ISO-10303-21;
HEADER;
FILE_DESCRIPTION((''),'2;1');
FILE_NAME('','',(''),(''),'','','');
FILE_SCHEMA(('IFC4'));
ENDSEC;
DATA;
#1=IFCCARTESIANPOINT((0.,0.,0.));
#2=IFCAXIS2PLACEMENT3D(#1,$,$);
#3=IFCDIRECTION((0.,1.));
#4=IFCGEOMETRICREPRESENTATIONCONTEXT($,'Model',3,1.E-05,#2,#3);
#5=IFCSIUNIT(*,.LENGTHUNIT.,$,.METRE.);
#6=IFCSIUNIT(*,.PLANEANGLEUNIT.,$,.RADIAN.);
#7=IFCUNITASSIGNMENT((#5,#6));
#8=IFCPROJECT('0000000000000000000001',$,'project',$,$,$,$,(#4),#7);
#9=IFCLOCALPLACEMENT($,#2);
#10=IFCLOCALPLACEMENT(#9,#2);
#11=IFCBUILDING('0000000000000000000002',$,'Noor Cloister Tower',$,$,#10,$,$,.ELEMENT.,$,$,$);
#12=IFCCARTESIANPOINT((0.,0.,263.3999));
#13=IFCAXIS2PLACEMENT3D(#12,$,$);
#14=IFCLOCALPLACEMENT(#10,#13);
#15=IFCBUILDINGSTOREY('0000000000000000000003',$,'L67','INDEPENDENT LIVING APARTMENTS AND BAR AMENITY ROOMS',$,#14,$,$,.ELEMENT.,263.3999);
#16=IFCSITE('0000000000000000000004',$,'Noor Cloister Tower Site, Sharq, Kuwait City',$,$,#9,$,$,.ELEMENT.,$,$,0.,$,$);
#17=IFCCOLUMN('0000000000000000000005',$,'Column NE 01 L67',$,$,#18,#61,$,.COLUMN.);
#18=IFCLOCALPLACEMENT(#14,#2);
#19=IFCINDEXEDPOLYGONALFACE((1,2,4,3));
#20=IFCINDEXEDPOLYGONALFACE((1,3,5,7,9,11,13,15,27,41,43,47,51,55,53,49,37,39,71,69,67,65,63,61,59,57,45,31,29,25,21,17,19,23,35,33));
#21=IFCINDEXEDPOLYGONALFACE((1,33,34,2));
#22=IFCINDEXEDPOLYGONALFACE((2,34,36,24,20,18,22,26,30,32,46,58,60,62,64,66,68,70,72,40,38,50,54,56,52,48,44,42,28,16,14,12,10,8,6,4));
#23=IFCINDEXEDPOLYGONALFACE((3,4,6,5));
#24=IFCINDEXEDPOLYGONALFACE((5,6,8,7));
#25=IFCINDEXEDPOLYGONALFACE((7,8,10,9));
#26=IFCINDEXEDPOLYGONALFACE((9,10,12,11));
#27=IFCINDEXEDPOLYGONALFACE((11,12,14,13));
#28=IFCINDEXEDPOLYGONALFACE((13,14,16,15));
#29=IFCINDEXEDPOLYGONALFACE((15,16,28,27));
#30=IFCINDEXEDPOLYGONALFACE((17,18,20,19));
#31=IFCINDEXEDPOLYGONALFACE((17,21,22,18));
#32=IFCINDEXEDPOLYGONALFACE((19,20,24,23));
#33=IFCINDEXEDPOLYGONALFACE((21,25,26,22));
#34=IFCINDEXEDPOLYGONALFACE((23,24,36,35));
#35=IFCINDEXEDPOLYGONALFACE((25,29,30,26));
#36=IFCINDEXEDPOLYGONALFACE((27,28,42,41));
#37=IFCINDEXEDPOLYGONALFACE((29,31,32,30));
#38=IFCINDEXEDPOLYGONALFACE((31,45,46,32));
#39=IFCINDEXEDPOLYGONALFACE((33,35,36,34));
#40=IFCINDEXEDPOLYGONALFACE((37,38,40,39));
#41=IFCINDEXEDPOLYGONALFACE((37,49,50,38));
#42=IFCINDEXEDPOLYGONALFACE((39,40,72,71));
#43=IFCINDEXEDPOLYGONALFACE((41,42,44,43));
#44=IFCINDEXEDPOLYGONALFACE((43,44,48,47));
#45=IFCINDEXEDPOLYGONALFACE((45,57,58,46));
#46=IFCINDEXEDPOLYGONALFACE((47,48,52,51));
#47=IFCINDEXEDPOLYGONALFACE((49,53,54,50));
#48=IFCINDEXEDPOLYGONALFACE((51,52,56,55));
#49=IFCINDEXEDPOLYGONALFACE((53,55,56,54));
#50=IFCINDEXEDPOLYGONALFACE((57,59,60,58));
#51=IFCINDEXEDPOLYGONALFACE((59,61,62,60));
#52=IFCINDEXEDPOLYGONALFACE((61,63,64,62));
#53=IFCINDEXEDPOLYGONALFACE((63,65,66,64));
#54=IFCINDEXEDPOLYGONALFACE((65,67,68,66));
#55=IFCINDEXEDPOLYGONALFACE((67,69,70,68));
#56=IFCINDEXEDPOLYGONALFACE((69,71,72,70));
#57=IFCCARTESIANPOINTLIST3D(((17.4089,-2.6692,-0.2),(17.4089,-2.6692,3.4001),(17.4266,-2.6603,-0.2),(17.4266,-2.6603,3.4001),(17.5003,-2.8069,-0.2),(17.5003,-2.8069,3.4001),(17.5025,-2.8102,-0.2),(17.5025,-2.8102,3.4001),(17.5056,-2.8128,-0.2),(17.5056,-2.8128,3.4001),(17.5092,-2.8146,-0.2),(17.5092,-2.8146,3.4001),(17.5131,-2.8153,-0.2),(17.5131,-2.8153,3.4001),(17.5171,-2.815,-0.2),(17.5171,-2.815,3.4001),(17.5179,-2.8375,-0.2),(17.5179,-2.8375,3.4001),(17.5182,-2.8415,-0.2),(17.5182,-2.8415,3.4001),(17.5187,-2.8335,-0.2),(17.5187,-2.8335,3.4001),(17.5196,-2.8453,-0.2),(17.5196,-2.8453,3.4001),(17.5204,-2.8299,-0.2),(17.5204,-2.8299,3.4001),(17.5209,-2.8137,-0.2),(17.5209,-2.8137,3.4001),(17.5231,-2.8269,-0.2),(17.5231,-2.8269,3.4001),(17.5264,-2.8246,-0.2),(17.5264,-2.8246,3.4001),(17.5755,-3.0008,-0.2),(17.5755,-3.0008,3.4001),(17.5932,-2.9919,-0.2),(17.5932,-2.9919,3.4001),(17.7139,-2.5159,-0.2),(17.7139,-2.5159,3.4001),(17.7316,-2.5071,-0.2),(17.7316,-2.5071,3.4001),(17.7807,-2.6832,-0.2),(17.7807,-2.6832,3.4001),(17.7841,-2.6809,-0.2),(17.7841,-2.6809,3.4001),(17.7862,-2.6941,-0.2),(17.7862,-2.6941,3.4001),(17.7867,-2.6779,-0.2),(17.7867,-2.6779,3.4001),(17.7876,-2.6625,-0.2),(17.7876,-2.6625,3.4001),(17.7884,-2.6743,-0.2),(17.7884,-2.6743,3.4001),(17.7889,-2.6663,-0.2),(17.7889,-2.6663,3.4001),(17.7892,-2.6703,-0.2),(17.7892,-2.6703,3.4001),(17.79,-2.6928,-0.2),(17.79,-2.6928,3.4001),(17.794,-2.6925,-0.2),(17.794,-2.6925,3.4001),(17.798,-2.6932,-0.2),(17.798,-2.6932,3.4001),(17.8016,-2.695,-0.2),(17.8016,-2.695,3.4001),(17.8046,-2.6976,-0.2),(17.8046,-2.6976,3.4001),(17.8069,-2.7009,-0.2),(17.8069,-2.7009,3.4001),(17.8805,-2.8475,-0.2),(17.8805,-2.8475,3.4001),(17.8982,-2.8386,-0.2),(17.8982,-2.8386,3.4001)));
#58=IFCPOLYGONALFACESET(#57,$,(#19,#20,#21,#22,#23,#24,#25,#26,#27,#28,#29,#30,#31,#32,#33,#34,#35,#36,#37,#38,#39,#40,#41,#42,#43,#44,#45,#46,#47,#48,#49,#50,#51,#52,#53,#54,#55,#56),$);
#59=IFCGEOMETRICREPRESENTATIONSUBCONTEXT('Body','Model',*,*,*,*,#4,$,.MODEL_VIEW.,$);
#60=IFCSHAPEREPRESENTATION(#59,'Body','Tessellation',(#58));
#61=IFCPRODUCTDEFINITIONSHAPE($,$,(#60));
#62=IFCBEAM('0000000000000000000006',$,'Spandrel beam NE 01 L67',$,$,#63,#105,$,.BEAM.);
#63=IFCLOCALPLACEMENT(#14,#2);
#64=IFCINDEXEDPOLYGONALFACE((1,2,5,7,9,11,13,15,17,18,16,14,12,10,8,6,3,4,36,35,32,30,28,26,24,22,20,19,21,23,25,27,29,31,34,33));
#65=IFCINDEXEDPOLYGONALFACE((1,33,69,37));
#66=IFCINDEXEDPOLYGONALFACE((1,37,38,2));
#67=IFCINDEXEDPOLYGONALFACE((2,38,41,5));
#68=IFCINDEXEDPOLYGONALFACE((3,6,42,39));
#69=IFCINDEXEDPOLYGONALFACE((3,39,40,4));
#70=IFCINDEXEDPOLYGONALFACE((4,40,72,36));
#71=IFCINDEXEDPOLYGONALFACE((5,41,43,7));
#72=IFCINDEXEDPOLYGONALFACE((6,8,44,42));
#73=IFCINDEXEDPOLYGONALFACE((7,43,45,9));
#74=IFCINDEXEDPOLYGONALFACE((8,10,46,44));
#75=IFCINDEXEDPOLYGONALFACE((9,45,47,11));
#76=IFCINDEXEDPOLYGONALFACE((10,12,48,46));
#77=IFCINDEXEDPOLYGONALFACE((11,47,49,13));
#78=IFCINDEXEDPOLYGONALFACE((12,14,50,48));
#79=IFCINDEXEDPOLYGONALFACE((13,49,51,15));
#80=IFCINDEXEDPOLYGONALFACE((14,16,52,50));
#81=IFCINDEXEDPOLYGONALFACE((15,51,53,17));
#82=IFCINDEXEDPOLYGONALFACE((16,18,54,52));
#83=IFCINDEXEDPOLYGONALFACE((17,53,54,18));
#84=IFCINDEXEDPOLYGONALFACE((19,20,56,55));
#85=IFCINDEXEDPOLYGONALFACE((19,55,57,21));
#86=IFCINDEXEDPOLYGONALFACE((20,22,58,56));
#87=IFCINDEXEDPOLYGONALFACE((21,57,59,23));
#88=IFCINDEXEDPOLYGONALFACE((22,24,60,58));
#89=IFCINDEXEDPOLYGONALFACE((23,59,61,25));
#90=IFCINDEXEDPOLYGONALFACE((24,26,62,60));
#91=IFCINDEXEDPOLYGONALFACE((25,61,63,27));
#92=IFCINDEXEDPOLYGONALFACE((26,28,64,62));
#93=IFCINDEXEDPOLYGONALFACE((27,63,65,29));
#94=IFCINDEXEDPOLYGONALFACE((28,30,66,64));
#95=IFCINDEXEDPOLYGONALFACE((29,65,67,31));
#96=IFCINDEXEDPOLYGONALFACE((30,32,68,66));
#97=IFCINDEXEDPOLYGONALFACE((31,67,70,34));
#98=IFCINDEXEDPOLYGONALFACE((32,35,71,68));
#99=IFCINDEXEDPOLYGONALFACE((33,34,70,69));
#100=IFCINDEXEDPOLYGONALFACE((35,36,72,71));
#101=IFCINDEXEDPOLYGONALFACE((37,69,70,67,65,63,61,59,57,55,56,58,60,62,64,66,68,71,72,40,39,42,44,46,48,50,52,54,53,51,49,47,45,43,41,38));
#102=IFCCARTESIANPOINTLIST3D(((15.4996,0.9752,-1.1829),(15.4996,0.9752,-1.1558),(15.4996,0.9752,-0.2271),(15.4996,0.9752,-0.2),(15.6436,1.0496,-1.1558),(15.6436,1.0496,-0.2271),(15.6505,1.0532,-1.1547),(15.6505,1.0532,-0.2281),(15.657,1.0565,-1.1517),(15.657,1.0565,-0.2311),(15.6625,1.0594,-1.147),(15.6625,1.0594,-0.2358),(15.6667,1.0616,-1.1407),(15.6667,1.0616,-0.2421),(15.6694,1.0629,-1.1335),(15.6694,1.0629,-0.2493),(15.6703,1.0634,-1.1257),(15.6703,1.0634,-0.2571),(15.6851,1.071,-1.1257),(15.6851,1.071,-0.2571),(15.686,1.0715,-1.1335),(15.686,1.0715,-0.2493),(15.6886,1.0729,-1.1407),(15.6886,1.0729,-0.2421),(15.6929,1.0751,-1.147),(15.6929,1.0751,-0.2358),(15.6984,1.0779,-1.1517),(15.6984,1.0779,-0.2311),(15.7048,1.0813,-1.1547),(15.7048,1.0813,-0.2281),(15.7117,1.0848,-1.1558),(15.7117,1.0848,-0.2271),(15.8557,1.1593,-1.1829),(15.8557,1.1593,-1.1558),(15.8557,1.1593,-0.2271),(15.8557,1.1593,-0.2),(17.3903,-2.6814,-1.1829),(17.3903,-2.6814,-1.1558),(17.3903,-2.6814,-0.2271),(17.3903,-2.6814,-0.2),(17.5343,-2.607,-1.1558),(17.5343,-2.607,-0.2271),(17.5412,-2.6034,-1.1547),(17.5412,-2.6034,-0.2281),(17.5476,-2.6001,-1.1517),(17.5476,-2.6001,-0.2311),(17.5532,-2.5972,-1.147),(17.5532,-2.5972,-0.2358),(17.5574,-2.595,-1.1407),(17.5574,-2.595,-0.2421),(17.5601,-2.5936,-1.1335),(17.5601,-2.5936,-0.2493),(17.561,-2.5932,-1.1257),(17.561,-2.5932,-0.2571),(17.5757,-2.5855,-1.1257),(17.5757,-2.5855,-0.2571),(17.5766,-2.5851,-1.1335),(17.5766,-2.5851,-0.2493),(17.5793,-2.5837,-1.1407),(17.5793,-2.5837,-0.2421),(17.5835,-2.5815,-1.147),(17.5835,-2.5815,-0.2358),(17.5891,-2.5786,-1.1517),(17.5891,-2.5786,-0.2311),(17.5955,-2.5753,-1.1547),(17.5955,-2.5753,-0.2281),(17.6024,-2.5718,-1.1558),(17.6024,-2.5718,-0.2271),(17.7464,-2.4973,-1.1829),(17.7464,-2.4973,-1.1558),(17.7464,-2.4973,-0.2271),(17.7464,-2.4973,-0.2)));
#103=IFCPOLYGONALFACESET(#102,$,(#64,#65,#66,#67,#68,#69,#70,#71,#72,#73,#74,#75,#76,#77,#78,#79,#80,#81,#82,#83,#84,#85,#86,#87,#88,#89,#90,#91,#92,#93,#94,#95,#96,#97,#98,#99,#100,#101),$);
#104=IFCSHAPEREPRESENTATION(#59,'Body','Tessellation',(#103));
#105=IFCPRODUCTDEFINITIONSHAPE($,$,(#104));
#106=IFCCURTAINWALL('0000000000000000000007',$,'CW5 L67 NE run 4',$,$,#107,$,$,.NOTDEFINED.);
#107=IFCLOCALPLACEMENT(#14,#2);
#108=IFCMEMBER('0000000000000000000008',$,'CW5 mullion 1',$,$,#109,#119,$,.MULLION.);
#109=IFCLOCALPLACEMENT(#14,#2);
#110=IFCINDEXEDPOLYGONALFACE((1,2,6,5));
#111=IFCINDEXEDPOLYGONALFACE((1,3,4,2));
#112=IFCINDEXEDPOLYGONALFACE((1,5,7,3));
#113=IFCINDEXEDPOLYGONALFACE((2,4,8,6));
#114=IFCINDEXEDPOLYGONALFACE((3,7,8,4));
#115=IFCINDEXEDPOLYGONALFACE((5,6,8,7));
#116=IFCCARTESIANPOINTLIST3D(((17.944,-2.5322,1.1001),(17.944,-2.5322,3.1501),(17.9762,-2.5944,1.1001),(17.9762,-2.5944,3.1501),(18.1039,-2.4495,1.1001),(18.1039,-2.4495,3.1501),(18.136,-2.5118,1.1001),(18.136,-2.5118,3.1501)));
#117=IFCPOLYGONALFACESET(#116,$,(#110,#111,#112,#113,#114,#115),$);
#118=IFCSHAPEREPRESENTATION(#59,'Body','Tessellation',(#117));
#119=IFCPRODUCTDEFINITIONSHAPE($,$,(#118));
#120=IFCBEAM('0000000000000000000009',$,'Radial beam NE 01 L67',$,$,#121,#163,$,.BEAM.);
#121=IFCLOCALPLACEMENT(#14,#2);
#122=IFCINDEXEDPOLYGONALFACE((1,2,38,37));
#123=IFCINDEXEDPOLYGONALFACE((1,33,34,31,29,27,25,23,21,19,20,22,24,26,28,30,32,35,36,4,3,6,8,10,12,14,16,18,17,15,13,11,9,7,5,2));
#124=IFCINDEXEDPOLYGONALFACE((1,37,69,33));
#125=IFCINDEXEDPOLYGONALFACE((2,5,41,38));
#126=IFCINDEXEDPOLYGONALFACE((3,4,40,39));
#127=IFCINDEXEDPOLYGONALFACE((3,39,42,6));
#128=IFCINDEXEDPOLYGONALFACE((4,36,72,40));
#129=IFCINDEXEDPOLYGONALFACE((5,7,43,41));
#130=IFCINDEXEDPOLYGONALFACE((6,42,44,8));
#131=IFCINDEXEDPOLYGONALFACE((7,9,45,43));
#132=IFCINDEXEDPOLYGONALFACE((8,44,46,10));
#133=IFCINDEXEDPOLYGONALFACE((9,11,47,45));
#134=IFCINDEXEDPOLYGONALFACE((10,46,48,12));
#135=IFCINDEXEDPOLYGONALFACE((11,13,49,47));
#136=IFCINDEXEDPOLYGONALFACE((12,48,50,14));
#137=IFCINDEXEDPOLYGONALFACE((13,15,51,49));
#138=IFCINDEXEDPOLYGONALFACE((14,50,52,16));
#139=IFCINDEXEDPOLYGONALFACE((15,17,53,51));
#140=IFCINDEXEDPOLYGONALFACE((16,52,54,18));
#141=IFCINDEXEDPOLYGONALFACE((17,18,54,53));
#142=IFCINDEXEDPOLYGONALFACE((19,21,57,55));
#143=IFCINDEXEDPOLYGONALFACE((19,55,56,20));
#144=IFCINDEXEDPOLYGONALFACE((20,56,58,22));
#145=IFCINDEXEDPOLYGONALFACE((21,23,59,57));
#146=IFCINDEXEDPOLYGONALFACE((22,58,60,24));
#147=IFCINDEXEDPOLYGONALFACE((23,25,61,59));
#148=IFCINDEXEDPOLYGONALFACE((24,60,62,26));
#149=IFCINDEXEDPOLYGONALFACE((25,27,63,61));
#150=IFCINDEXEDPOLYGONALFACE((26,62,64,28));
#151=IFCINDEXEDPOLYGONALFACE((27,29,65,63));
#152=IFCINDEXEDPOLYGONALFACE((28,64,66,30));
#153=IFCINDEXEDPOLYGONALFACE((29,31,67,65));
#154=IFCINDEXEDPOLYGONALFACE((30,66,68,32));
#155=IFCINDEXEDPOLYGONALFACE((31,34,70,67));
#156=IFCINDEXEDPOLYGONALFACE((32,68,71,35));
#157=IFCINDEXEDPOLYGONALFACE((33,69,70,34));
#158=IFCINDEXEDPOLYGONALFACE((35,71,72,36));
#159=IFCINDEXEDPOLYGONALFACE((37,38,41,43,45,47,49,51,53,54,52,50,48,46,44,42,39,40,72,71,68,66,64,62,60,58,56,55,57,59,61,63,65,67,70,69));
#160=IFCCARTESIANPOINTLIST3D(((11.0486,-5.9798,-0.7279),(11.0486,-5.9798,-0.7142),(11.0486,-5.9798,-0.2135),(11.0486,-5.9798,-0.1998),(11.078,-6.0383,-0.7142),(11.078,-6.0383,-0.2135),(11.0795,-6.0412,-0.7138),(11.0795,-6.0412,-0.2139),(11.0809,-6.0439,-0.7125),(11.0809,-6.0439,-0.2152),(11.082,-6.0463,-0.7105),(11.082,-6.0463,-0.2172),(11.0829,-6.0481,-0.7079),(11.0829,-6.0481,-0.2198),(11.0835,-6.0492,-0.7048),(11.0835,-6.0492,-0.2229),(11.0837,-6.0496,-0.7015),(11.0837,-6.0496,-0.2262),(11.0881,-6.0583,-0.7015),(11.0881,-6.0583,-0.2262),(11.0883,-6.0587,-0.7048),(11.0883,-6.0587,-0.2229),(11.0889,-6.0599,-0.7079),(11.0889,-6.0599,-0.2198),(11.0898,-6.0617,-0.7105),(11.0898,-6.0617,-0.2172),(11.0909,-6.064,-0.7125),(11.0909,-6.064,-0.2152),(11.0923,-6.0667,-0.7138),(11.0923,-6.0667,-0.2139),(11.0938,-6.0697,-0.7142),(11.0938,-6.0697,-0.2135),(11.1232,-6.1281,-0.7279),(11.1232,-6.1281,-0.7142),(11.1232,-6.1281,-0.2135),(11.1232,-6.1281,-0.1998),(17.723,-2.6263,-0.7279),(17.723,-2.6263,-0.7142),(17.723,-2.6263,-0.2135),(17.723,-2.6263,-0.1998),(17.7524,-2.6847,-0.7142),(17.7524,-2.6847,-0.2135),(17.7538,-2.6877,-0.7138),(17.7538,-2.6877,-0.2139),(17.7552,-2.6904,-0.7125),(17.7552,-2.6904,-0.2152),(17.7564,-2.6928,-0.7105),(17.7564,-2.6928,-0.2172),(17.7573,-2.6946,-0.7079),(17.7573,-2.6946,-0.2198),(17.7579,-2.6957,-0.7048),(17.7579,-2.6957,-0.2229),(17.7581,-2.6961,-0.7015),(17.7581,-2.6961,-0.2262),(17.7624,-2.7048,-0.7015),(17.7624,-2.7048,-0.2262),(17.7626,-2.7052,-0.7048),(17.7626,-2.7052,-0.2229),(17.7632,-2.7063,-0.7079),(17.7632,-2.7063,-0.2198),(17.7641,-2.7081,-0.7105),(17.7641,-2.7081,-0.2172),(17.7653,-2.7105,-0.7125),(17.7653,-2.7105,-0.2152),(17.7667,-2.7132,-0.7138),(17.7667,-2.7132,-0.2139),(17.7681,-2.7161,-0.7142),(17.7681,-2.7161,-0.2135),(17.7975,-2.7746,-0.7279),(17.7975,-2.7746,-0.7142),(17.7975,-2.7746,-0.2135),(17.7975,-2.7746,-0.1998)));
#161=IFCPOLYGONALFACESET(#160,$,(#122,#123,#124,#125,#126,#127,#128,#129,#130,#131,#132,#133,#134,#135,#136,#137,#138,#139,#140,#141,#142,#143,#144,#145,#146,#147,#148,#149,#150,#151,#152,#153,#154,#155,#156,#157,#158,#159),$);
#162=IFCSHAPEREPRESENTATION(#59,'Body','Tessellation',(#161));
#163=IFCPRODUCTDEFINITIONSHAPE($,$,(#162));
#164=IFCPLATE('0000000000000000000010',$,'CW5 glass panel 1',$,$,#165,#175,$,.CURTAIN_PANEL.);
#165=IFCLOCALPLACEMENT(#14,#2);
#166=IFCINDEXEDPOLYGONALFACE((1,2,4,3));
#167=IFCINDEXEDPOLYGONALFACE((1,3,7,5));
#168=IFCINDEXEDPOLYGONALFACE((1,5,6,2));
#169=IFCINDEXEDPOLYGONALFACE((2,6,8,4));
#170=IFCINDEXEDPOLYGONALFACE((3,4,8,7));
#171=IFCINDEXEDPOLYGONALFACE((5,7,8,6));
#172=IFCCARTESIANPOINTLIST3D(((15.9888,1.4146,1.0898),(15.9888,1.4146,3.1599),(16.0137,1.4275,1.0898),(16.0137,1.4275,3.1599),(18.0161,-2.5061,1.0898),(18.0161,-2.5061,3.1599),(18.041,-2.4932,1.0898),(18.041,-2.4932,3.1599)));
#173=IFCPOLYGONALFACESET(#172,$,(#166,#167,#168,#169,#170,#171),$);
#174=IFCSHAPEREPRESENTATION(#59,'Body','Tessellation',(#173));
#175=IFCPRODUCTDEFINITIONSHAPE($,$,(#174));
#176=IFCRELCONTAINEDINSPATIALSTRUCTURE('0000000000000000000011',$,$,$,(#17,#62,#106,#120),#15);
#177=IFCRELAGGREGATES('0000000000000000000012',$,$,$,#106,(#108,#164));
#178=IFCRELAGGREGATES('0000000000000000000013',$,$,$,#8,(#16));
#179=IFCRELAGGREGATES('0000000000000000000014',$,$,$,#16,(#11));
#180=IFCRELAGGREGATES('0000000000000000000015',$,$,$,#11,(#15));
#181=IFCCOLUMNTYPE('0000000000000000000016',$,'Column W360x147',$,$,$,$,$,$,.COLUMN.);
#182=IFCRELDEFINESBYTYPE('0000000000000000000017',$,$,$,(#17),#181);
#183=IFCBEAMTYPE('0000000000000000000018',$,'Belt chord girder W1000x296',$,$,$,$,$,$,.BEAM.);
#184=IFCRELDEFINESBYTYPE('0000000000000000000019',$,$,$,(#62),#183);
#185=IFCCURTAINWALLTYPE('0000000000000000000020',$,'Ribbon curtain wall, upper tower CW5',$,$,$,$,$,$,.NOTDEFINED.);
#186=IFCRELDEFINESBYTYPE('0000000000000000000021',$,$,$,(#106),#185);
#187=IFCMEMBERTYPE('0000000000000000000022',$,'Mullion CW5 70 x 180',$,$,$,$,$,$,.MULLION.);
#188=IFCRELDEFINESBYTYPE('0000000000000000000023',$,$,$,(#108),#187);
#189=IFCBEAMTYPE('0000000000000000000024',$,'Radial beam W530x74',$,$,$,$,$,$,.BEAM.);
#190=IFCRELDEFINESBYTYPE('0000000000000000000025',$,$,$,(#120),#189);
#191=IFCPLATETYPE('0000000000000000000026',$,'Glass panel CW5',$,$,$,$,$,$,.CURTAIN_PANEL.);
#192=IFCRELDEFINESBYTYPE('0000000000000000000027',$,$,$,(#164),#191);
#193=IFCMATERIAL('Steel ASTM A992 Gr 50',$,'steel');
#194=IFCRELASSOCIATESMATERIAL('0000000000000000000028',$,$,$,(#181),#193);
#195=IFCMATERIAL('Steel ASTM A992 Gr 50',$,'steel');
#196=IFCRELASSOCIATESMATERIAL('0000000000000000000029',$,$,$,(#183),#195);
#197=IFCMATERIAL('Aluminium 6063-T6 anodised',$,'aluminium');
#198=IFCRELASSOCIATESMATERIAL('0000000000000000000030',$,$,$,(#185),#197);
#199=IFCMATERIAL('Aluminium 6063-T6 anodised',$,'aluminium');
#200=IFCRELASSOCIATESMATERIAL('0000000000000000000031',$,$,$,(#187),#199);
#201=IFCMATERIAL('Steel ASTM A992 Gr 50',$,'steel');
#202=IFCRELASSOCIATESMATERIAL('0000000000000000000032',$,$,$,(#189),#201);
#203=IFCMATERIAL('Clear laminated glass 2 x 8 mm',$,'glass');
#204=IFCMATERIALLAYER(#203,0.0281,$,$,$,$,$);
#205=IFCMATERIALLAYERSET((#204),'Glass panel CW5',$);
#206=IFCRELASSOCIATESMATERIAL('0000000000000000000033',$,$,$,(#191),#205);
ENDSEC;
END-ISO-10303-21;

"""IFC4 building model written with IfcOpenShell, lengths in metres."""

from ifc_helpers import new_model, si_unit, direction, frame, origin, origin_2d, place, context, subcontext, project, spatial, rectangle, i_section, extrude, material, layer, layer_set, material_profile, profile_set, type_object, element, aggregate, save


model = new_model("IFC4")

# Units and contexts
model_context = context("Model", 3, precision=1e-05, world=origin(), true_north=direction((0.0, 1.0)))
body_context = subcontext(model_context, "Body", "Model", "MODEL_VIEW")
ifc_project = project(units=[si_unit("LENGTHUNIT", "METRE"), si_unit("PLANEANGLEUNIT", "RADIAN")], contexts=[model_context])

# Site, building, storey
site_placement = place(None, origin())
site = spatial("IfcSite", under=ifc_project, at=site_placement, Name="Noor Cloister Tower Site, Sharq, Kuwait City", CompositionType="ELEMENT", RefElevation=0.0)
building_placement = place(site_placement, origin())
building = spatial("IfcBuilding", under=site, at=building_placement, Name="Noor Cloister Tower", CompositionType="ELEMENT")
storey_placement = place(building_placement, frame((0.0, 0.0, 263.3999)))
storey = spatial("IfcBuildingStorey", under=building, at=storey_placement, Name="L67", Description="INDEPENDENT LIVING APARTMENTS AND BAR AMENITY ROOMS", CompositionType="ELEMENT", Elevation=263.3999)

# Column
ifc_material_1 = material(Name="Steel ASTM A992 Gr 50", Category="steel")
ifc_material_profile_1 = material_profile(ifc_material_1, i_section(OverallWidth=0.3711, OverallDepth=0.3611, WebThickness=0.0122, FlangeThickness=0.0198, FilletRadius=0.0154, at=origin_2d()), Name="W360x147")
ifc_profile_set_1 = profile_set([ifc_material_profile_1], Name="Steel ASTM A992 Gr 50")
column_type = type_object("IfcColumnType", Name="Column W360x147", PredefinedType="COLUMN", material=ifc_profile_set_1)
column_placement = place(storey_placement, frame((17.6536, -2.7539, -0.2), z_axis=(0.0, 0.0, 1.0), x_axis=(-0.448975, 0.893544, 0.0)))
element("IfcColumn", 1, at=column_placement, inside=storey, type_object=column_type, Name="Column NE 01 L67", PredefinedType="COLUMN", context=body_context, shape_type="SweptSolid", body=[
    extrude(i_section(OverallWidth=0.3711, OverallDepth=0.3611, WebThickness=0.0122, FlangeThickness=0.0198, FilletRadius=0.0154, at=origin_2d()), origin(), (0.0, 0.0, 1.0), 3.6001),
])

# Beam
ifc_material_2 = material(Name="Steel ASTM A992 Gr 50", Category="steel")
ifc_material_profile_2 = material_profile(ifc_material_2, i_section(OverallWidth=0.4009, OverallDepth=0.9829, WebThickness=0.0166, FlangeThickness=0.0271, FilletRadius=0.03, at=origin_2d()), Name="W1000x296")
ifc_profile_set_2 = profile_set([ifc_material_profile_2], Name="Steel ASTM A992 Gr 50")
beam_type_1 = type_object("IfcBeamType", Name="Belt chord girder W1000x296", PredefinedType="BEAM", material=ifc_profile_set_2)
beam_1_placement = place(storey_placement, frame((17.5684, -2.5894, -0.6914), z_axis=(-0.459295, 0.888284, 0.0), x_axis=(-0.888284, -0.459295, 0.0)))
element("IfcBeam", 2, at=beam_1_placement, inside=storey, type_object=beam_type_1, Name="Spandrel beam NE 01 L67", PredefinedType="BEAM", context=body_context, shape_type="SweptSolid", body=[
    extrude(i_section(OverallWidth=0.4009, OverallDepth=0.9829, WebThickness=0.0166, FlangeThickness=0.0271, FilletRadius=0.03, at=origin_2d()), origin(), (0.0, 0.0, 1.0), 4.1165),
])

# Curtain wall, member
ifc_material_3 = material(Name="Aluminium 6063-T6 anodised", Category="aluminium")
curtain_wall_type = type_object("IfcCurtainWallType", Name="Ribbon curtain wall, upper tower CW5", PredefinedType="NOTDEFINED", material=ifc_material_3)
curtain_wall_placement = place(storey_placement, origin())
curtain_wall = element("IfcCurtainWall", 3, at=curtain_wall_placement, inside=storey, type_object=curtain_wall_type, Name="CW5 L67 NE run 4", PredefinedType="NOTDEFINED")
ifc_material_4 = material(Name="Aluminium 6063-T6 anodised", Category="aluminium")
ifc_material_profile_3 = material_profile(ifc_material_4, rectangle(XDim=0.1799, YDim=0.0701, at=origin_2d()), Name="180 x 70 mullion")
ifc_profile_set_3 = profile_set([ifc_material_profile_3], Name="Aluminium 6063-T6 anodised")
member_type = type_object("IfcMemberType", Name="Mullion CW5 70 x 180", PredefinedType="MULLION", material=ifc_profile_set_3)
member_placement = place(storey_placement, frame((18.04, -2.522, 1.1001), z_axis=(0.0, 0.0, 1.0), x_axis=(-0.888278, -0.459306, 0.0)))
member = element("IfcMember", 4, at=member_placement, type_object=member_type, Name="CW5 mullion 1", PredefinedType="MULLION", context=body_context, shape_type="SweptSolid", body=[
    extrude(rectangle(XDim=0.1799, YDim=0.0701, at=origin_2d()), origin(), (0.0, 0.0, 1.0), 2.05),
])

# Beam
ifc_material_5 = material(Name="Steel ASTM A992 Gr 50", Category="steel")
ifc_material_profile_4 = material_profile(ifc_material_5, i_section(OverallWidth=0.166, OverallDepth=0.5281, WebThickness=0.0098, FlangeThickness=0.0137, FilletRadius=0.0127, at=origin_2d()), Name="W530x74")
ifc_profile_set_4 = profile_set([ifc_material_profile_4], Name="Steel ASTM A992 Gr 50")
beam_type_2 = type_object("IfcBeamType", Name="Radial beam W530x74", PredefinedType="BEAM", material=ifc_profile_set_4)
beam_2_placement = place(storey_placement, frame((17.7603, -2.7004, -0.4639), z_axis=(-0.89355, -0.448965, 0.0), x_axis=(0.448965, -0.89355, 0.0)))
element("IfcBeam", 5, at=beam_2_placement, inside=storey, type_object=beam_type_2, Name="Radial beam NE 01 L67", PredefinedType="BEAM", context=body_context, shape_type="SweptSolid", body=[
    extrude(i_section(OverallWidth=0.166, OverallDepth=0.5281, WebThickness=0.0098, FlangeThickness=0.0137, FilletRadius=0.0127, at=origin_2d()), origin(), (0.0, 0.0, 1.0), 7.4695),
])

# Plate
ifc_material_6 = material(Name="Clear laminated glass 2 x 8 mm", Category="glass")
ifc_layer_1 = layer(ifc_material_6, 0.0281)
ifc_layer_set_1 = layer_set([ifc_layer_1], Name="Glass panel CW5")
plate_type = type_object("IfcPlateType", Name="Glass panel CW5", PredefinedType="CURTAIN_PANEL", material=ifc_layer_set_1)
plate_placement = place(storey_placement, frame((17.0149, -0.5393, 1.0898), z_axis=(0.0, 0.0, 1.0), x_axis=(-0.459306, 0.888278, 0.0)))
plate = element("IfcPlate", 6, at=plate_placement, type_object=plate_type, Name="CW5 glass panel 1", PredefinedType="CURTAIN_PANEL", context=body_context, shape_type="SweptSolid", body=[
    extrude(rectangle(XDim=4.4138, YDim=0.0281, at=origin_2d()), origin(), (0.0, 0.0, 1.0), 2.0701),
])
aggregate(curtain_wall, [member, plate])

save(model, "model.ifc")
